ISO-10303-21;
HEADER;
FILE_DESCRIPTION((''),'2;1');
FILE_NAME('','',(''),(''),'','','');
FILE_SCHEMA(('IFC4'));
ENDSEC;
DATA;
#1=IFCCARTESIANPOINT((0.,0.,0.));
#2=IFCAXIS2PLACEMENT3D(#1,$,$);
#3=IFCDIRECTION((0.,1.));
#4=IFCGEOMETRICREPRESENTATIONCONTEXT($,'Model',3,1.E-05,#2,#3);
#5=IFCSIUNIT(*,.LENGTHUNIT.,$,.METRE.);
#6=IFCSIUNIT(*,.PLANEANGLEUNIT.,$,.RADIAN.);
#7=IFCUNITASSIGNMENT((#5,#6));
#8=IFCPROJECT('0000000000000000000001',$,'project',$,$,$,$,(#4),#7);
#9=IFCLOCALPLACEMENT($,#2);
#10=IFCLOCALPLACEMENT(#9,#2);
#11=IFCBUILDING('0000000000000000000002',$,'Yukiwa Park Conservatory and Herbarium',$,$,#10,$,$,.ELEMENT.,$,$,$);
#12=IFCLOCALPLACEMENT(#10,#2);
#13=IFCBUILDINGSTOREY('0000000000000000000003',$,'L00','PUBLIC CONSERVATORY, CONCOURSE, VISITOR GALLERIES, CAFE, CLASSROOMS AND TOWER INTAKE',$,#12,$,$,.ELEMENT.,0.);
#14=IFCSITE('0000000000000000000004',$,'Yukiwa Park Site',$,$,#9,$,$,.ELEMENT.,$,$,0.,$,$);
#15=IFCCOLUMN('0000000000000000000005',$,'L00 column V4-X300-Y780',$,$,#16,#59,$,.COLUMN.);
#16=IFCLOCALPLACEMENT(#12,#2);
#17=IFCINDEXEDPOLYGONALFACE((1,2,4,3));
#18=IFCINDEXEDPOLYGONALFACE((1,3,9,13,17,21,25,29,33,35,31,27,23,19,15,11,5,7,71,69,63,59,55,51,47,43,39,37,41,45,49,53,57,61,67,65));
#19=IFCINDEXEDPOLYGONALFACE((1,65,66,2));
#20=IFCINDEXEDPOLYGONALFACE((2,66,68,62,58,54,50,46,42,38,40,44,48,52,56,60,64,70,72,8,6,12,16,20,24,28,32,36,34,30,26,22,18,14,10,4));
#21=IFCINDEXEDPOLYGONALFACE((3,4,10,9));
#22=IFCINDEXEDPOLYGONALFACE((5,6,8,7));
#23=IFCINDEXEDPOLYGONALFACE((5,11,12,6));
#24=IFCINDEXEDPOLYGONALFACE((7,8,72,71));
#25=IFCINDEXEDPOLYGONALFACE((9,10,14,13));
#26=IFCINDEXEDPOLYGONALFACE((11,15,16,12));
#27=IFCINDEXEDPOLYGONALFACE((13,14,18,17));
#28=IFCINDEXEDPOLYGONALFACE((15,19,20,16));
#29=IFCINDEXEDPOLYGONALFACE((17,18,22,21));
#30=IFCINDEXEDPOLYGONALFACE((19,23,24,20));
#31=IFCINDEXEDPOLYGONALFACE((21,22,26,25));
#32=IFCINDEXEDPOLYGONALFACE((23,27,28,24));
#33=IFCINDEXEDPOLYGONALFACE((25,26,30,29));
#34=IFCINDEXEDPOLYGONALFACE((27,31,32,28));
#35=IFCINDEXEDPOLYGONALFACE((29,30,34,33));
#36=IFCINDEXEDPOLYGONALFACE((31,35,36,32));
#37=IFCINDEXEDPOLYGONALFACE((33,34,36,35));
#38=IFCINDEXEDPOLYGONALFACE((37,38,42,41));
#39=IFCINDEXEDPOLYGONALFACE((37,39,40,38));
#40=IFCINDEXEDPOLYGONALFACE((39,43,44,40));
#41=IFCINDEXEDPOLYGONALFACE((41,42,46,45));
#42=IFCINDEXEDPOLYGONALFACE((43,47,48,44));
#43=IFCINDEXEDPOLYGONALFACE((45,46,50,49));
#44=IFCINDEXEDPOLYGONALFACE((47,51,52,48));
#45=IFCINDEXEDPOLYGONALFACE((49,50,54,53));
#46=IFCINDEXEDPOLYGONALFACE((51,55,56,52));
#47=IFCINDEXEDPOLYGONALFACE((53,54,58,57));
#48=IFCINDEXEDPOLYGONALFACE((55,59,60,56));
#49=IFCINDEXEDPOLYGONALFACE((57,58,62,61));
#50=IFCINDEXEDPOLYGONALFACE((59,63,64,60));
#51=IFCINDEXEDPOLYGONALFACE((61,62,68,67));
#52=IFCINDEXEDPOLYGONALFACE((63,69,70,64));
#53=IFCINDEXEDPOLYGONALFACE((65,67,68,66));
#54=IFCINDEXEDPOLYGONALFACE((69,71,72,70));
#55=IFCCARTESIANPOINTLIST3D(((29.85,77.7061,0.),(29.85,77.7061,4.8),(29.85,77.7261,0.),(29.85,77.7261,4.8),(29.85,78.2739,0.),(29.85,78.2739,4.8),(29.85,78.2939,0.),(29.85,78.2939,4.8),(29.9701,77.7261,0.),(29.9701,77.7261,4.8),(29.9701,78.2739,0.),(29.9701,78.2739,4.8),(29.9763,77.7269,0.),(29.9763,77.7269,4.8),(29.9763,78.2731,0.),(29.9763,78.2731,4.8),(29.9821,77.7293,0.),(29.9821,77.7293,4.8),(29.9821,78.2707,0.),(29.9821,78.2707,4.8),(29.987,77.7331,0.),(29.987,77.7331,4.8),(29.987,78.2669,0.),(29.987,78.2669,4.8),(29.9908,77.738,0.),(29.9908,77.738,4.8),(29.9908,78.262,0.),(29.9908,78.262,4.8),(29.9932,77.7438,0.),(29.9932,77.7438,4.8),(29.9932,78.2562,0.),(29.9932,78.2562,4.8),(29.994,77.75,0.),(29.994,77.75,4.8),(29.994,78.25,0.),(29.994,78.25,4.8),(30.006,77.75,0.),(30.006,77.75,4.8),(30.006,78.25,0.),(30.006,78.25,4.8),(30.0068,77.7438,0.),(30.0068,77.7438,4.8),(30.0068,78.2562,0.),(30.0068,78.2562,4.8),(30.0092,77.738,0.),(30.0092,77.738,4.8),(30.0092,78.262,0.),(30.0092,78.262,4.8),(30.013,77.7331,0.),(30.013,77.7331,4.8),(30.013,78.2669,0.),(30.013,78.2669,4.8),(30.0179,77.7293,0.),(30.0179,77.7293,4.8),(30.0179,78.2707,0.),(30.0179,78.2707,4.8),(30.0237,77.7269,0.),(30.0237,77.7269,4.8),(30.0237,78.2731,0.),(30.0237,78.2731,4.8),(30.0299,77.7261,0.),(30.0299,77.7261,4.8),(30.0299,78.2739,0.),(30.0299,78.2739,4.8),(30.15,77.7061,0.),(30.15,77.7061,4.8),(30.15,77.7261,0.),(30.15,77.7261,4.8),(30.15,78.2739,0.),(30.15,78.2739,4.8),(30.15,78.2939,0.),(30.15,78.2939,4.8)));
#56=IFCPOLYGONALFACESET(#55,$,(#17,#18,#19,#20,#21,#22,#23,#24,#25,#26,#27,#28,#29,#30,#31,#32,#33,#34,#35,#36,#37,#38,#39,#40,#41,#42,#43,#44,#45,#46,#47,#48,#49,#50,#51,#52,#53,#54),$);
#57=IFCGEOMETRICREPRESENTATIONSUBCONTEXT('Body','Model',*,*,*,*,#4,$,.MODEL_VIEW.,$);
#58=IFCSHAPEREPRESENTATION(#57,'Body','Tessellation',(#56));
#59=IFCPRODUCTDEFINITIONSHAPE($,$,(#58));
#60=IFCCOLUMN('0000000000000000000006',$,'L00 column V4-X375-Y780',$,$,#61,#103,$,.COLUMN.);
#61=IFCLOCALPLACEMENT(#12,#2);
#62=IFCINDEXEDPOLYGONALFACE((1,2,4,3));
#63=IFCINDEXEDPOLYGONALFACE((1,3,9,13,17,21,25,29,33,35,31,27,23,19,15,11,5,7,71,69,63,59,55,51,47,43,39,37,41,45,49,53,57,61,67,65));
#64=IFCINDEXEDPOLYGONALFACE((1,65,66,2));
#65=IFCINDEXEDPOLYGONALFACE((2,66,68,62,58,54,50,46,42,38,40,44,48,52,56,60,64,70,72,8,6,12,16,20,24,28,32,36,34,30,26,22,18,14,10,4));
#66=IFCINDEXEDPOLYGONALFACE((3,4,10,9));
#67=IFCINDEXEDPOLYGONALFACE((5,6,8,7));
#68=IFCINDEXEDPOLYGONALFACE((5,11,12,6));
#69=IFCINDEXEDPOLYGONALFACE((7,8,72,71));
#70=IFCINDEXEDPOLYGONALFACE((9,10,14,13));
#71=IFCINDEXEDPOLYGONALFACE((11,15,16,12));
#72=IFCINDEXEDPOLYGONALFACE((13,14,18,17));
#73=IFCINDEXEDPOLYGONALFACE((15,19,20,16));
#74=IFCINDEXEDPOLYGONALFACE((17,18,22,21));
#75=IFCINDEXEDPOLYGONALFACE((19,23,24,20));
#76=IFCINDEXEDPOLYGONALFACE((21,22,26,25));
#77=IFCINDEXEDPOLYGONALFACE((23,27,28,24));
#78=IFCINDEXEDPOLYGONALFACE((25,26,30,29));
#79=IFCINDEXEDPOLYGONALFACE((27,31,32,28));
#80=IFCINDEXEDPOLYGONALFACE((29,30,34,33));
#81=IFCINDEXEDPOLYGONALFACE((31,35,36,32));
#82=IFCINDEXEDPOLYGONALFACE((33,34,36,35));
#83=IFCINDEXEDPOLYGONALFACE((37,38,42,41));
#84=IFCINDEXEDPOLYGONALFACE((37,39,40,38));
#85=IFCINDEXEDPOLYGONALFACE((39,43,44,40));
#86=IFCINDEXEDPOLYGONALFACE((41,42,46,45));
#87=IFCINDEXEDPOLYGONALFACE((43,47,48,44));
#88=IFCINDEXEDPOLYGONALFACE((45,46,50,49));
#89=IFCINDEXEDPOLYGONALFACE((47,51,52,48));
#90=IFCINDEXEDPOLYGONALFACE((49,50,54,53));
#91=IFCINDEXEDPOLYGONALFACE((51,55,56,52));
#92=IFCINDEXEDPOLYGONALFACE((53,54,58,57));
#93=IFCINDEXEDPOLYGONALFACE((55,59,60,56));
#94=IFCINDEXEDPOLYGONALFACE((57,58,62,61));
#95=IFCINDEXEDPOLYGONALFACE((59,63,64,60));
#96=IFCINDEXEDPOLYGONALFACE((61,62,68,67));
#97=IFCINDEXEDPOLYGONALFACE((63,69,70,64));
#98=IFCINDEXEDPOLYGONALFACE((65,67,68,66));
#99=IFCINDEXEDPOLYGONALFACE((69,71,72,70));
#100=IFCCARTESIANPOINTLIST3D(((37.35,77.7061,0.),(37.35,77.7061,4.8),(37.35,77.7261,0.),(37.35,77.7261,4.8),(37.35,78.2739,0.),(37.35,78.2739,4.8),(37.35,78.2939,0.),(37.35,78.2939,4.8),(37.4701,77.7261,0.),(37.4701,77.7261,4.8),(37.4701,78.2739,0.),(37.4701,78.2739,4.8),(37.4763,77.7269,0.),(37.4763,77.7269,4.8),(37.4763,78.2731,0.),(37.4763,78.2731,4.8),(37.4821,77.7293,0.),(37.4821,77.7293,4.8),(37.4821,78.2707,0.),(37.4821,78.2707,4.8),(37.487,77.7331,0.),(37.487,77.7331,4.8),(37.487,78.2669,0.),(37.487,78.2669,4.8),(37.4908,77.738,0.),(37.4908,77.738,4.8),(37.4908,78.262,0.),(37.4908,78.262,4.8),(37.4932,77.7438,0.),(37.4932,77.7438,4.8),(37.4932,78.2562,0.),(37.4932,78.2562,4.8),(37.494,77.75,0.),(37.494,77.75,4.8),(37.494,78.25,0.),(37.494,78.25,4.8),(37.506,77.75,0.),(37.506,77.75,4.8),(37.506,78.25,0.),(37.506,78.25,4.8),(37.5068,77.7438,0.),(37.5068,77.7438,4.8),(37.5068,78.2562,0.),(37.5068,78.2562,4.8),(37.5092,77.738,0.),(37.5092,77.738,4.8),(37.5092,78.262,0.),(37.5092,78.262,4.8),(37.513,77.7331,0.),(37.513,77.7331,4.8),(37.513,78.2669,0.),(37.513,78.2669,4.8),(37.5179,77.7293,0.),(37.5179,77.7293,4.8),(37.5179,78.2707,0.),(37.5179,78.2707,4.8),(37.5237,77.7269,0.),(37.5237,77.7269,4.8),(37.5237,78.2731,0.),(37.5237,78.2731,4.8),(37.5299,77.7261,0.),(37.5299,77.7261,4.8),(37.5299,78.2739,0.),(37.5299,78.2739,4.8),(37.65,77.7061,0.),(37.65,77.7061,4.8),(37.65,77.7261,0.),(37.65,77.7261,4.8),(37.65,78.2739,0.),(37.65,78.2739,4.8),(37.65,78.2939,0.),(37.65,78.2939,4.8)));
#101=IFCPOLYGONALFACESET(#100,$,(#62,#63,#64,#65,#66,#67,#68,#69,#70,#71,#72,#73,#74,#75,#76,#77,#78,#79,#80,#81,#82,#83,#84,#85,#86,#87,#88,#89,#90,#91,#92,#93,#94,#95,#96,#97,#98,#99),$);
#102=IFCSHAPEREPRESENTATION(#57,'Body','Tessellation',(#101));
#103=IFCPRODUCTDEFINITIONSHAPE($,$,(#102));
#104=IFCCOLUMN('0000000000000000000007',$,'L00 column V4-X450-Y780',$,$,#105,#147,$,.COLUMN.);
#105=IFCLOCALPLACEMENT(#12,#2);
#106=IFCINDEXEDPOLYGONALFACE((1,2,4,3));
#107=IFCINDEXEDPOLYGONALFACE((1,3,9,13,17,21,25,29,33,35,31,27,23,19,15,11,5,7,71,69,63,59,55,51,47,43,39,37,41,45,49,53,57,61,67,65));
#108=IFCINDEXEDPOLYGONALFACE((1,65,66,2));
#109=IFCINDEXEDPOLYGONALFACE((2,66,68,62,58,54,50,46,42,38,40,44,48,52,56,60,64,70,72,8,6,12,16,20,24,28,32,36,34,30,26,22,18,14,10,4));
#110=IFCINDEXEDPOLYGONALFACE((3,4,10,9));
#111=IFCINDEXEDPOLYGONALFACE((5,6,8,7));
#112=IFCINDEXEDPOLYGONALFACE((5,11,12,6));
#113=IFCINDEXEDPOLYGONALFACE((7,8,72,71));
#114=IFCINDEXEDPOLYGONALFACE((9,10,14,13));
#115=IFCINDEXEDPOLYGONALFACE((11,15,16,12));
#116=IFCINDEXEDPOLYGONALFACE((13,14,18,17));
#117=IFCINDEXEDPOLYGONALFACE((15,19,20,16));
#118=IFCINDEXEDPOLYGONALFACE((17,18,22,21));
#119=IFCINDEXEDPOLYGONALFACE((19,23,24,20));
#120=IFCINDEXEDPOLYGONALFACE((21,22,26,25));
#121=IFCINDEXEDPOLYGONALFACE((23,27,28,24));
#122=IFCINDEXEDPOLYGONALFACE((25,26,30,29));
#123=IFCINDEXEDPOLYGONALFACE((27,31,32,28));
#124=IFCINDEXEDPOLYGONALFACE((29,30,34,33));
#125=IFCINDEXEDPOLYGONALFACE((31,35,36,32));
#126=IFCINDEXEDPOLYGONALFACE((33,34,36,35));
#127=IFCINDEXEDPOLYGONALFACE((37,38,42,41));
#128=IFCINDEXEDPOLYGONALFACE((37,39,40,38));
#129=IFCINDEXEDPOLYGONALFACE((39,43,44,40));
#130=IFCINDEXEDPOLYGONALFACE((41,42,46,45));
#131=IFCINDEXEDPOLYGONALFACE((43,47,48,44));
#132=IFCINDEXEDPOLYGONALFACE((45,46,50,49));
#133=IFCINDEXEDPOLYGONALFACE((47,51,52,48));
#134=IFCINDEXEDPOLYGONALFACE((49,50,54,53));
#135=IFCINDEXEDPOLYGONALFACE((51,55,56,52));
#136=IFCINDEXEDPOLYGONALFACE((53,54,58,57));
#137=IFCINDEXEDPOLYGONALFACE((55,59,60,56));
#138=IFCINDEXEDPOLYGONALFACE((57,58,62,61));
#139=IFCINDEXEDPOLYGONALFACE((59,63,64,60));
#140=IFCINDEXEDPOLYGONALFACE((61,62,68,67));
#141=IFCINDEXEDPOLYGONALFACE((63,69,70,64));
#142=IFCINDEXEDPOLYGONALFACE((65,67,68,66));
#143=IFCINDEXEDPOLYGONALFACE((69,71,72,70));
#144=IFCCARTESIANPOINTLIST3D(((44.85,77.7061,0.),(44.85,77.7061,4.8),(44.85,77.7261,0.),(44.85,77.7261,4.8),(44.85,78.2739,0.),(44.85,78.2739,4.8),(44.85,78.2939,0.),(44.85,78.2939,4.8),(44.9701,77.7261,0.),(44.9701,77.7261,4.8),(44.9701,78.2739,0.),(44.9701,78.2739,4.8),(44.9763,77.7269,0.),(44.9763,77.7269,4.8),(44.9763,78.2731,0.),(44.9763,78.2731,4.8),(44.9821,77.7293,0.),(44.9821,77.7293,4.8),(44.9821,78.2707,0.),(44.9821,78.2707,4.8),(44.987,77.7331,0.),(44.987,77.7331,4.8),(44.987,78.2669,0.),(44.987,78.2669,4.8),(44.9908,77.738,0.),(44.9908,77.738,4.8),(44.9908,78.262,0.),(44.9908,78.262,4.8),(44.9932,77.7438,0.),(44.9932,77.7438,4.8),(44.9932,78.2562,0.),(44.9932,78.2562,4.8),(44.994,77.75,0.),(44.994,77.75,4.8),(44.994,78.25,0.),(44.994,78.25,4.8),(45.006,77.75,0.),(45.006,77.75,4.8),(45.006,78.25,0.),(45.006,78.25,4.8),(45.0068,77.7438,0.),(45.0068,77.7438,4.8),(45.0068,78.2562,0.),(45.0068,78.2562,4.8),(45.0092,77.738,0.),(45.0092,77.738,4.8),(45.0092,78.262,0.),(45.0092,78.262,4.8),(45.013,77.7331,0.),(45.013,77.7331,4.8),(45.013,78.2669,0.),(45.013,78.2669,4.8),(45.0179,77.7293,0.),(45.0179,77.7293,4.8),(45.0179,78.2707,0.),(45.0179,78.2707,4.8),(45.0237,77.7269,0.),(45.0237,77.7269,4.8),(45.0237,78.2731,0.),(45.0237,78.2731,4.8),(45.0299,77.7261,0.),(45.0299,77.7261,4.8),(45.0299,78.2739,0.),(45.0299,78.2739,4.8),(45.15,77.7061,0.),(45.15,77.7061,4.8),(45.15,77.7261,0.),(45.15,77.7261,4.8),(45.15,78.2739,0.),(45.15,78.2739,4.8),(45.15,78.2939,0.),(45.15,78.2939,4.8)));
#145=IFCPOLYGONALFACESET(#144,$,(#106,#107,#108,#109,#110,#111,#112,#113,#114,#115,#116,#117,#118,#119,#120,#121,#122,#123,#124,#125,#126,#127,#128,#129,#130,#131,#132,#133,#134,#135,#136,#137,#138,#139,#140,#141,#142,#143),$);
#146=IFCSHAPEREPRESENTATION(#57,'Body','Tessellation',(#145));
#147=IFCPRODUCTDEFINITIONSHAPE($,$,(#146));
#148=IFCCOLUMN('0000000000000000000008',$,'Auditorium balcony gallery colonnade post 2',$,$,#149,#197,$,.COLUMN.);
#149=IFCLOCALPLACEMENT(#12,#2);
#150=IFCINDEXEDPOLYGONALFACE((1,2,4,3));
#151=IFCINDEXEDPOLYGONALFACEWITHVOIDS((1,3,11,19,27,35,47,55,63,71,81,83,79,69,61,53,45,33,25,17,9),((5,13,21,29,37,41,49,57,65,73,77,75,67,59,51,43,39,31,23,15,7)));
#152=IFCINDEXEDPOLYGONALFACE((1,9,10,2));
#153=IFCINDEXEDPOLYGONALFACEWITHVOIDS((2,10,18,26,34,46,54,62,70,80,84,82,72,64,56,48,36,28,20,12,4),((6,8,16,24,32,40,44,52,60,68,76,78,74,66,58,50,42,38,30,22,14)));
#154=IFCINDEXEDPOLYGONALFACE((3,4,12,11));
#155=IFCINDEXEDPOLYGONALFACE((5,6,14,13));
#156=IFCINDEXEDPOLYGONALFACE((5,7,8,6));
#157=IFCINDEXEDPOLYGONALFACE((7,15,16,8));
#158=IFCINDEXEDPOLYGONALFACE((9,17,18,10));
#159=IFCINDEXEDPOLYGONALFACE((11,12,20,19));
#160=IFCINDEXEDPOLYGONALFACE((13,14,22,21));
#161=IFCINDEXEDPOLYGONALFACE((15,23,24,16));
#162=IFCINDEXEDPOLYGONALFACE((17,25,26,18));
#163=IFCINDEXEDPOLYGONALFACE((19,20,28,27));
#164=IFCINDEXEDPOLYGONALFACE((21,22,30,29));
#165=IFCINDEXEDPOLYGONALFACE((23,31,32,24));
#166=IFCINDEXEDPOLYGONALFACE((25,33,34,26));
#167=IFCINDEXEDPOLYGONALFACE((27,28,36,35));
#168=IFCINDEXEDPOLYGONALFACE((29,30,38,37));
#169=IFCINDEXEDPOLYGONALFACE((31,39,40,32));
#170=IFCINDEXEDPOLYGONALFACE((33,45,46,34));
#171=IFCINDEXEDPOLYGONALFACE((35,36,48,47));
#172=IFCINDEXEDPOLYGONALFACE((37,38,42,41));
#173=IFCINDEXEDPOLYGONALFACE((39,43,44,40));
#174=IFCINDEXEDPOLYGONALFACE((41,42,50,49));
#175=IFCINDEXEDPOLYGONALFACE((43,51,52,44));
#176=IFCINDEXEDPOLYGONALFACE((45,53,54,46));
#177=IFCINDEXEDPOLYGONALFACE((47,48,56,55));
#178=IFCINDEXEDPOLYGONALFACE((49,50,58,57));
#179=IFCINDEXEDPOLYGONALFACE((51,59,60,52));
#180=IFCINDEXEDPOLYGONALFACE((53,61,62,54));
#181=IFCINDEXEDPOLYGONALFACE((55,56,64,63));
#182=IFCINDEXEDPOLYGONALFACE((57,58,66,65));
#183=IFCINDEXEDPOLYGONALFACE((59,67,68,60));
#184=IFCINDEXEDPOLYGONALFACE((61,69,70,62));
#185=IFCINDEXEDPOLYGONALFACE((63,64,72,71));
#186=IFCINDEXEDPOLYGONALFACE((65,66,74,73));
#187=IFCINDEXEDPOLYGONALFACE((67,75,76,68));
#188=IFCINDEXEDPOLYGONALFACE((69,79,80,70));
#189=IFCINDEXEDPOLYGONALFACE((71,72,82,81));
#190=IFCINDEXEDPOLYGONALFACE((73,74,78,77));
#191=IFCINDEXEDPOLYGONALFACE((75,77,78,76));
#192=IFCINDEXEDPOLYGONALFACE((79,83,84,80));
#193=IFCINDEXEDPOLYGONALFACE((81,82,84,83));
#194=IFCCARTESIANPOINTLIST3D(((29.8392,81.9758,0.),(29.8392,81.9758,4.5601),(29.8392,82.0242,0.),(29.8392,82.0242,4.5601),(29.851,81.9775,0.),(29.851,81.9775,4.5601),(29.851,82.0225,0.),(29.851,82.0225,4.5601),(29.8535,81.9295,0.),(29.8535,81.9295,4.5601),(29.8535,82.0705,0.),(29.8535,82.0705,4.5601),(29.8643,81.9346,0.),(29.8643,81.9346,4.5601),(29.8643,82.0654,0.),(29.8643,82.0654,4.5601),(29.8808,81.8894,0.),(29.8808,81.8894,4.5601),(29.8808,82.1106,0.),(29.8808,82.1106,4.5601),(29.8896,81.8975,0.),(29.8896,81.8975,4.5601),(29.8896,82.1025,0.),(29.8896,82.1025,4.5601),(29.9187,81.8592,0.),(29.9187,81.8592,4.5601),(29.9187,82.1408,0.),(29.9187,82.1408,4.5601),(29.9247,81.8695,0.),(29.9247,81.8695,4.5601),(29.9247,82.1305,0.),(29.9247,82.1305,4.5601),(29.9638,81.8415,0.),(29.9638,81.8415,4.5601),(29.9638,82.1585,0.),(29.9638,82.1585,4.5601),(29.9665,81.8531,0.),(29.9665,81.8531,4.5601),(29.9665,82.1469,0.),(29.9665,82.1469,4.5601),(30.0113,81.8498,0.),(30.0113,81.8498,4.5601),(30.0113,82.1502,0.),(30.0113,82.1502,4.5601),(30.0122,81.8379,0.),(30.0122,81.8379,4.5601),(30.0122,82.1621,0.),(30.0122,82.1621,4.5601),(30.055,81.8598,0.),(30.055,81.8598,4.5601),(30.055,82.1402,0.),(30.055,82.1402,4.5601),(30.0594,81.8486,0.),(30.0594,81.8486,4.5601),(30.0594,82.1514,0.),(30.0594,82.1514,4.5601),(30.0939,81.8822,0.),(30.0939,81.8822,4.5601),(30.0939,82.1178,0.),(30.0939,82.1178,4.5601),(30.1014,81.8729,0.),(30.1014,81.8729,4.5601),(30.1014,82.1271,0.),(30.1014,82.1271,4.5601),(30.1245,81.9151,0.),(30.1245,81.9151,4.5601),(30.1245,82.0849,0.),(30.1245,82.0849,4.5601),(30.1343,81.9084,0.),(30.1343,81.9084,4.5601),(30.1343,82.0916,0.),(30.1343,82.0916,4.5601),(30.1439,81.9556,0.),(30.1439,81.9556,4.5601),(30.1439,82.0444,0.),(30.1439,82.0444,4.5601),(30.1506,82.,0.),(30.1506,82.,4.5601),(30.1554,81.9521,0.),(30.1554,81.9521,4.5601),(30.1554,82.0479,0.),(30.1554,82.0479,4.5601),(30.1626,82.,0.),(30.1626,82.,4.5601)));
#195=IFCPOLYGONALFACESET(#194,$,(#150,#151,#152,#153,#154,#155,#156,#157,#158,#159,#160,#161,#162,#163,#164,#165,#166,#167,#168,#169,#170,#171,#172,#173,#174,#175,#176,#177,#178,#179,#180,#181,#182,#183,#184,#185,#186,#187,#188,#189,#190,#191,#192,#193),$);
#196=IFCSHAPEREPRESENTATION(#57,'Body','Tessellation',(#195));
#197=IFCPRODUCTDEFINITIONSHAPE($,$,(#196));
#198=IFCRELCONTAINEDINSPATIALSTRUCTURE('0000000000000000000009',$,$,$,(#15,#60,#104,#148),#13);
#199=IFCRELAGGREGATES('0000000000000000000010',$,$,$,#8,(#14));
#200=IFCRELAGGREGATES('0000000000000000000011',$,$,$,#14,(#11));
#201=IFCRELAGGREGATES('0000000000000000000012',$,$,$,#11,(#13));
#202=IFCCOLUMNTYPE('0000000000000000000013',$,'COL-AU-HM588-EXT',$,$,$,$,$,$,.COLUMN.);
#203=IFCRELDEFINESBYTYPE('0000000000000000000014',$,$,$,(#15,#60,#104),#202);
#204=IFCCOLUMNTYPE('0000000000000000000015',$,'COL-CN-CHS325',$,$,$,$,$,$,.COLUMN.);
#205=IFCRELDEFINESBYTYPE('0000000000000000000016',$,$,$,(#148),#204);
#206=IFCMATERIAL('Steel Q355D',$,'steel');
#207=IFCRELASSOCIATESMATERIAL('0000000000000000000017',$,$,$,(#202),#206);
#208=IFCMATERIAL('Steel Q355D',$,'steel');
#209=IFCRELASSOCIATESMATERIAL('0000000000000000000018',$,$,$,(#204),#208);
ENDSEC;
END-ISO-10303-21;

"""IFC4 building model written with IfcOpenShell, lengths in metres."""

from ifc_helpers import new_model, si_unit, direction, frame, origin, origin_2d, place, context, subcontext, project, spatial, hollow_circle, i_section, extrude, material, material_profile, profile_set, type_object, element, save


model = new_model("IFC4")

# Units and contexts
model_context = context("Model", 3, precision=1e-05, world=origin(), true_north=direction((0.0, 1.0)))
body_context = subcontext(model_context, "Body", "Model", "MODEL_VIEW")
ifc_project = project(units=[si_unit("LENGTHUNIT", "METRE"), si_unit("PLANEANGLEUNIT", "RADIAN")], contexts=[model_context])

# Site, building, storey
site_placement = place(None, origin())
site = spatial("IfcSite", under=ifc_project, at=site_placement, Name="Yukiwa Park Site", CompositionType="ELEMENT", RefElevation=0.0)
building_placement = place(site_placement, origin())
building = spatial("IfcBuilding", under=site, at=building_placement, Name="Yukiwa Park Conservatory and Herbarium", CompositionType="ELEMENT")
storey_placement = place(building_placement, origin())
storey = spatial("IfcBuildingStorey", under=building, at=storey_placement, Name="L00", Description="PUBLIC CONSERVATORY, CONCOURSE, VISITOR GALLERIES, CAFE, CLASSROOMS AND TOWER INTAKE", CompositionType="ELEMENT", Elevation=0.0)

# Columns
ifc_material_1 = material(Name="Steel Q355D", Category="steel")
ifc_material_profile_1 = material_profile(ifc_material_1, i_section(OverallWidth=0.3, OverallDepth=0.5879, WebThickness=0.012, FlangeThickness=0.02, FilletRadius=0.0239, at=origin_2d()), Name="HM 588x300x12x20")
ifc_profile_set_1 = profile_set([ifc_material_profile_1], Name="Steel Q355D")
column_type_1 = type_object("IfcColumnType", Name="COL-AU-HM588-EXT", PredefinedType="COLUMN", material=ifc_profile_set_1)
for number, where, z_axis, x_axis, name in (
    (1, (30.0, 78.0, 0.0), (0.0, 0.0, 1.0), (1.0, 0.0, 0.0), "L00 column V4-X300-Y780"),
    (2, (37.5, 78.0, 0.0), (0.0, 0.0, 1.0), (1.0, 0.0, 0.0), "L00 column V4-X375-Y780"),
    (3, (45.0, 78.0, 0.0), (0.0, 0.0, 1.0), (1.0, 0.0, 0.0), "L00 column V4-X450-Y780"),
):
    element("IfcColumn", number, at=place(storey_placement, frame(where, z_axis=z_axis, x_axis=x_axis)), inside=storey, type_object=column_type_1, Name=name, PredefinedType="COLUMN", context=body_context, shape_type="SweptSolid", body=[
        extrude(i_section(OverallWidth=0.3, OverallDepth=0.5879, WebThickness=0.012, FlangeThickness=0.02, FilletRadius=0.0239, at=origin_2d()), origin(), (0.0, 0.0, 1.0), 4.8),
    ])
ifc_material_2 = material(Name="Steel Q355D", Category="steel")
ifc_material_profile_2 = material_profile(ifc_material_2, hollow_circle(Radius=0.1626, WallThickness=0.012, at=origin_2d()), Name="CHS 325x12")
ifc_profile_set_2 = profile_set([ifc_material_profile_2], Name="Steel Q355D")
column_type_2 = type_object("IfcColumnType", Name="COL-CN-CHS325", PredefinedType="COLUMN", material=ifc_profile_set_2)
for number, where, z_axis, x_axis, name in (
    (4, (30.0, 82.0, 0.0), (0.0, 0.0, 1.0), (1.0, 0.0, 0.0), "Auditorium balcony gallery colonnade post 2"),
):
    element("IfcColumn", number, at=place(storey_placement, frame(where, z_axis=z_axis, x_axis=x_axis)), inside=storey, type_object=column_type_2, Name=name, PredefinedType="COLUMN", context=body_context, shape_type="SweptSolid", body=[
        extrude(hollow_circle(Radius=0.1626, WallThickness=0.012, at=origin_2d()), origin(), (0.0, 0.0, 1.0), 4.5601),
    ])

save(model, "model.ifc")
